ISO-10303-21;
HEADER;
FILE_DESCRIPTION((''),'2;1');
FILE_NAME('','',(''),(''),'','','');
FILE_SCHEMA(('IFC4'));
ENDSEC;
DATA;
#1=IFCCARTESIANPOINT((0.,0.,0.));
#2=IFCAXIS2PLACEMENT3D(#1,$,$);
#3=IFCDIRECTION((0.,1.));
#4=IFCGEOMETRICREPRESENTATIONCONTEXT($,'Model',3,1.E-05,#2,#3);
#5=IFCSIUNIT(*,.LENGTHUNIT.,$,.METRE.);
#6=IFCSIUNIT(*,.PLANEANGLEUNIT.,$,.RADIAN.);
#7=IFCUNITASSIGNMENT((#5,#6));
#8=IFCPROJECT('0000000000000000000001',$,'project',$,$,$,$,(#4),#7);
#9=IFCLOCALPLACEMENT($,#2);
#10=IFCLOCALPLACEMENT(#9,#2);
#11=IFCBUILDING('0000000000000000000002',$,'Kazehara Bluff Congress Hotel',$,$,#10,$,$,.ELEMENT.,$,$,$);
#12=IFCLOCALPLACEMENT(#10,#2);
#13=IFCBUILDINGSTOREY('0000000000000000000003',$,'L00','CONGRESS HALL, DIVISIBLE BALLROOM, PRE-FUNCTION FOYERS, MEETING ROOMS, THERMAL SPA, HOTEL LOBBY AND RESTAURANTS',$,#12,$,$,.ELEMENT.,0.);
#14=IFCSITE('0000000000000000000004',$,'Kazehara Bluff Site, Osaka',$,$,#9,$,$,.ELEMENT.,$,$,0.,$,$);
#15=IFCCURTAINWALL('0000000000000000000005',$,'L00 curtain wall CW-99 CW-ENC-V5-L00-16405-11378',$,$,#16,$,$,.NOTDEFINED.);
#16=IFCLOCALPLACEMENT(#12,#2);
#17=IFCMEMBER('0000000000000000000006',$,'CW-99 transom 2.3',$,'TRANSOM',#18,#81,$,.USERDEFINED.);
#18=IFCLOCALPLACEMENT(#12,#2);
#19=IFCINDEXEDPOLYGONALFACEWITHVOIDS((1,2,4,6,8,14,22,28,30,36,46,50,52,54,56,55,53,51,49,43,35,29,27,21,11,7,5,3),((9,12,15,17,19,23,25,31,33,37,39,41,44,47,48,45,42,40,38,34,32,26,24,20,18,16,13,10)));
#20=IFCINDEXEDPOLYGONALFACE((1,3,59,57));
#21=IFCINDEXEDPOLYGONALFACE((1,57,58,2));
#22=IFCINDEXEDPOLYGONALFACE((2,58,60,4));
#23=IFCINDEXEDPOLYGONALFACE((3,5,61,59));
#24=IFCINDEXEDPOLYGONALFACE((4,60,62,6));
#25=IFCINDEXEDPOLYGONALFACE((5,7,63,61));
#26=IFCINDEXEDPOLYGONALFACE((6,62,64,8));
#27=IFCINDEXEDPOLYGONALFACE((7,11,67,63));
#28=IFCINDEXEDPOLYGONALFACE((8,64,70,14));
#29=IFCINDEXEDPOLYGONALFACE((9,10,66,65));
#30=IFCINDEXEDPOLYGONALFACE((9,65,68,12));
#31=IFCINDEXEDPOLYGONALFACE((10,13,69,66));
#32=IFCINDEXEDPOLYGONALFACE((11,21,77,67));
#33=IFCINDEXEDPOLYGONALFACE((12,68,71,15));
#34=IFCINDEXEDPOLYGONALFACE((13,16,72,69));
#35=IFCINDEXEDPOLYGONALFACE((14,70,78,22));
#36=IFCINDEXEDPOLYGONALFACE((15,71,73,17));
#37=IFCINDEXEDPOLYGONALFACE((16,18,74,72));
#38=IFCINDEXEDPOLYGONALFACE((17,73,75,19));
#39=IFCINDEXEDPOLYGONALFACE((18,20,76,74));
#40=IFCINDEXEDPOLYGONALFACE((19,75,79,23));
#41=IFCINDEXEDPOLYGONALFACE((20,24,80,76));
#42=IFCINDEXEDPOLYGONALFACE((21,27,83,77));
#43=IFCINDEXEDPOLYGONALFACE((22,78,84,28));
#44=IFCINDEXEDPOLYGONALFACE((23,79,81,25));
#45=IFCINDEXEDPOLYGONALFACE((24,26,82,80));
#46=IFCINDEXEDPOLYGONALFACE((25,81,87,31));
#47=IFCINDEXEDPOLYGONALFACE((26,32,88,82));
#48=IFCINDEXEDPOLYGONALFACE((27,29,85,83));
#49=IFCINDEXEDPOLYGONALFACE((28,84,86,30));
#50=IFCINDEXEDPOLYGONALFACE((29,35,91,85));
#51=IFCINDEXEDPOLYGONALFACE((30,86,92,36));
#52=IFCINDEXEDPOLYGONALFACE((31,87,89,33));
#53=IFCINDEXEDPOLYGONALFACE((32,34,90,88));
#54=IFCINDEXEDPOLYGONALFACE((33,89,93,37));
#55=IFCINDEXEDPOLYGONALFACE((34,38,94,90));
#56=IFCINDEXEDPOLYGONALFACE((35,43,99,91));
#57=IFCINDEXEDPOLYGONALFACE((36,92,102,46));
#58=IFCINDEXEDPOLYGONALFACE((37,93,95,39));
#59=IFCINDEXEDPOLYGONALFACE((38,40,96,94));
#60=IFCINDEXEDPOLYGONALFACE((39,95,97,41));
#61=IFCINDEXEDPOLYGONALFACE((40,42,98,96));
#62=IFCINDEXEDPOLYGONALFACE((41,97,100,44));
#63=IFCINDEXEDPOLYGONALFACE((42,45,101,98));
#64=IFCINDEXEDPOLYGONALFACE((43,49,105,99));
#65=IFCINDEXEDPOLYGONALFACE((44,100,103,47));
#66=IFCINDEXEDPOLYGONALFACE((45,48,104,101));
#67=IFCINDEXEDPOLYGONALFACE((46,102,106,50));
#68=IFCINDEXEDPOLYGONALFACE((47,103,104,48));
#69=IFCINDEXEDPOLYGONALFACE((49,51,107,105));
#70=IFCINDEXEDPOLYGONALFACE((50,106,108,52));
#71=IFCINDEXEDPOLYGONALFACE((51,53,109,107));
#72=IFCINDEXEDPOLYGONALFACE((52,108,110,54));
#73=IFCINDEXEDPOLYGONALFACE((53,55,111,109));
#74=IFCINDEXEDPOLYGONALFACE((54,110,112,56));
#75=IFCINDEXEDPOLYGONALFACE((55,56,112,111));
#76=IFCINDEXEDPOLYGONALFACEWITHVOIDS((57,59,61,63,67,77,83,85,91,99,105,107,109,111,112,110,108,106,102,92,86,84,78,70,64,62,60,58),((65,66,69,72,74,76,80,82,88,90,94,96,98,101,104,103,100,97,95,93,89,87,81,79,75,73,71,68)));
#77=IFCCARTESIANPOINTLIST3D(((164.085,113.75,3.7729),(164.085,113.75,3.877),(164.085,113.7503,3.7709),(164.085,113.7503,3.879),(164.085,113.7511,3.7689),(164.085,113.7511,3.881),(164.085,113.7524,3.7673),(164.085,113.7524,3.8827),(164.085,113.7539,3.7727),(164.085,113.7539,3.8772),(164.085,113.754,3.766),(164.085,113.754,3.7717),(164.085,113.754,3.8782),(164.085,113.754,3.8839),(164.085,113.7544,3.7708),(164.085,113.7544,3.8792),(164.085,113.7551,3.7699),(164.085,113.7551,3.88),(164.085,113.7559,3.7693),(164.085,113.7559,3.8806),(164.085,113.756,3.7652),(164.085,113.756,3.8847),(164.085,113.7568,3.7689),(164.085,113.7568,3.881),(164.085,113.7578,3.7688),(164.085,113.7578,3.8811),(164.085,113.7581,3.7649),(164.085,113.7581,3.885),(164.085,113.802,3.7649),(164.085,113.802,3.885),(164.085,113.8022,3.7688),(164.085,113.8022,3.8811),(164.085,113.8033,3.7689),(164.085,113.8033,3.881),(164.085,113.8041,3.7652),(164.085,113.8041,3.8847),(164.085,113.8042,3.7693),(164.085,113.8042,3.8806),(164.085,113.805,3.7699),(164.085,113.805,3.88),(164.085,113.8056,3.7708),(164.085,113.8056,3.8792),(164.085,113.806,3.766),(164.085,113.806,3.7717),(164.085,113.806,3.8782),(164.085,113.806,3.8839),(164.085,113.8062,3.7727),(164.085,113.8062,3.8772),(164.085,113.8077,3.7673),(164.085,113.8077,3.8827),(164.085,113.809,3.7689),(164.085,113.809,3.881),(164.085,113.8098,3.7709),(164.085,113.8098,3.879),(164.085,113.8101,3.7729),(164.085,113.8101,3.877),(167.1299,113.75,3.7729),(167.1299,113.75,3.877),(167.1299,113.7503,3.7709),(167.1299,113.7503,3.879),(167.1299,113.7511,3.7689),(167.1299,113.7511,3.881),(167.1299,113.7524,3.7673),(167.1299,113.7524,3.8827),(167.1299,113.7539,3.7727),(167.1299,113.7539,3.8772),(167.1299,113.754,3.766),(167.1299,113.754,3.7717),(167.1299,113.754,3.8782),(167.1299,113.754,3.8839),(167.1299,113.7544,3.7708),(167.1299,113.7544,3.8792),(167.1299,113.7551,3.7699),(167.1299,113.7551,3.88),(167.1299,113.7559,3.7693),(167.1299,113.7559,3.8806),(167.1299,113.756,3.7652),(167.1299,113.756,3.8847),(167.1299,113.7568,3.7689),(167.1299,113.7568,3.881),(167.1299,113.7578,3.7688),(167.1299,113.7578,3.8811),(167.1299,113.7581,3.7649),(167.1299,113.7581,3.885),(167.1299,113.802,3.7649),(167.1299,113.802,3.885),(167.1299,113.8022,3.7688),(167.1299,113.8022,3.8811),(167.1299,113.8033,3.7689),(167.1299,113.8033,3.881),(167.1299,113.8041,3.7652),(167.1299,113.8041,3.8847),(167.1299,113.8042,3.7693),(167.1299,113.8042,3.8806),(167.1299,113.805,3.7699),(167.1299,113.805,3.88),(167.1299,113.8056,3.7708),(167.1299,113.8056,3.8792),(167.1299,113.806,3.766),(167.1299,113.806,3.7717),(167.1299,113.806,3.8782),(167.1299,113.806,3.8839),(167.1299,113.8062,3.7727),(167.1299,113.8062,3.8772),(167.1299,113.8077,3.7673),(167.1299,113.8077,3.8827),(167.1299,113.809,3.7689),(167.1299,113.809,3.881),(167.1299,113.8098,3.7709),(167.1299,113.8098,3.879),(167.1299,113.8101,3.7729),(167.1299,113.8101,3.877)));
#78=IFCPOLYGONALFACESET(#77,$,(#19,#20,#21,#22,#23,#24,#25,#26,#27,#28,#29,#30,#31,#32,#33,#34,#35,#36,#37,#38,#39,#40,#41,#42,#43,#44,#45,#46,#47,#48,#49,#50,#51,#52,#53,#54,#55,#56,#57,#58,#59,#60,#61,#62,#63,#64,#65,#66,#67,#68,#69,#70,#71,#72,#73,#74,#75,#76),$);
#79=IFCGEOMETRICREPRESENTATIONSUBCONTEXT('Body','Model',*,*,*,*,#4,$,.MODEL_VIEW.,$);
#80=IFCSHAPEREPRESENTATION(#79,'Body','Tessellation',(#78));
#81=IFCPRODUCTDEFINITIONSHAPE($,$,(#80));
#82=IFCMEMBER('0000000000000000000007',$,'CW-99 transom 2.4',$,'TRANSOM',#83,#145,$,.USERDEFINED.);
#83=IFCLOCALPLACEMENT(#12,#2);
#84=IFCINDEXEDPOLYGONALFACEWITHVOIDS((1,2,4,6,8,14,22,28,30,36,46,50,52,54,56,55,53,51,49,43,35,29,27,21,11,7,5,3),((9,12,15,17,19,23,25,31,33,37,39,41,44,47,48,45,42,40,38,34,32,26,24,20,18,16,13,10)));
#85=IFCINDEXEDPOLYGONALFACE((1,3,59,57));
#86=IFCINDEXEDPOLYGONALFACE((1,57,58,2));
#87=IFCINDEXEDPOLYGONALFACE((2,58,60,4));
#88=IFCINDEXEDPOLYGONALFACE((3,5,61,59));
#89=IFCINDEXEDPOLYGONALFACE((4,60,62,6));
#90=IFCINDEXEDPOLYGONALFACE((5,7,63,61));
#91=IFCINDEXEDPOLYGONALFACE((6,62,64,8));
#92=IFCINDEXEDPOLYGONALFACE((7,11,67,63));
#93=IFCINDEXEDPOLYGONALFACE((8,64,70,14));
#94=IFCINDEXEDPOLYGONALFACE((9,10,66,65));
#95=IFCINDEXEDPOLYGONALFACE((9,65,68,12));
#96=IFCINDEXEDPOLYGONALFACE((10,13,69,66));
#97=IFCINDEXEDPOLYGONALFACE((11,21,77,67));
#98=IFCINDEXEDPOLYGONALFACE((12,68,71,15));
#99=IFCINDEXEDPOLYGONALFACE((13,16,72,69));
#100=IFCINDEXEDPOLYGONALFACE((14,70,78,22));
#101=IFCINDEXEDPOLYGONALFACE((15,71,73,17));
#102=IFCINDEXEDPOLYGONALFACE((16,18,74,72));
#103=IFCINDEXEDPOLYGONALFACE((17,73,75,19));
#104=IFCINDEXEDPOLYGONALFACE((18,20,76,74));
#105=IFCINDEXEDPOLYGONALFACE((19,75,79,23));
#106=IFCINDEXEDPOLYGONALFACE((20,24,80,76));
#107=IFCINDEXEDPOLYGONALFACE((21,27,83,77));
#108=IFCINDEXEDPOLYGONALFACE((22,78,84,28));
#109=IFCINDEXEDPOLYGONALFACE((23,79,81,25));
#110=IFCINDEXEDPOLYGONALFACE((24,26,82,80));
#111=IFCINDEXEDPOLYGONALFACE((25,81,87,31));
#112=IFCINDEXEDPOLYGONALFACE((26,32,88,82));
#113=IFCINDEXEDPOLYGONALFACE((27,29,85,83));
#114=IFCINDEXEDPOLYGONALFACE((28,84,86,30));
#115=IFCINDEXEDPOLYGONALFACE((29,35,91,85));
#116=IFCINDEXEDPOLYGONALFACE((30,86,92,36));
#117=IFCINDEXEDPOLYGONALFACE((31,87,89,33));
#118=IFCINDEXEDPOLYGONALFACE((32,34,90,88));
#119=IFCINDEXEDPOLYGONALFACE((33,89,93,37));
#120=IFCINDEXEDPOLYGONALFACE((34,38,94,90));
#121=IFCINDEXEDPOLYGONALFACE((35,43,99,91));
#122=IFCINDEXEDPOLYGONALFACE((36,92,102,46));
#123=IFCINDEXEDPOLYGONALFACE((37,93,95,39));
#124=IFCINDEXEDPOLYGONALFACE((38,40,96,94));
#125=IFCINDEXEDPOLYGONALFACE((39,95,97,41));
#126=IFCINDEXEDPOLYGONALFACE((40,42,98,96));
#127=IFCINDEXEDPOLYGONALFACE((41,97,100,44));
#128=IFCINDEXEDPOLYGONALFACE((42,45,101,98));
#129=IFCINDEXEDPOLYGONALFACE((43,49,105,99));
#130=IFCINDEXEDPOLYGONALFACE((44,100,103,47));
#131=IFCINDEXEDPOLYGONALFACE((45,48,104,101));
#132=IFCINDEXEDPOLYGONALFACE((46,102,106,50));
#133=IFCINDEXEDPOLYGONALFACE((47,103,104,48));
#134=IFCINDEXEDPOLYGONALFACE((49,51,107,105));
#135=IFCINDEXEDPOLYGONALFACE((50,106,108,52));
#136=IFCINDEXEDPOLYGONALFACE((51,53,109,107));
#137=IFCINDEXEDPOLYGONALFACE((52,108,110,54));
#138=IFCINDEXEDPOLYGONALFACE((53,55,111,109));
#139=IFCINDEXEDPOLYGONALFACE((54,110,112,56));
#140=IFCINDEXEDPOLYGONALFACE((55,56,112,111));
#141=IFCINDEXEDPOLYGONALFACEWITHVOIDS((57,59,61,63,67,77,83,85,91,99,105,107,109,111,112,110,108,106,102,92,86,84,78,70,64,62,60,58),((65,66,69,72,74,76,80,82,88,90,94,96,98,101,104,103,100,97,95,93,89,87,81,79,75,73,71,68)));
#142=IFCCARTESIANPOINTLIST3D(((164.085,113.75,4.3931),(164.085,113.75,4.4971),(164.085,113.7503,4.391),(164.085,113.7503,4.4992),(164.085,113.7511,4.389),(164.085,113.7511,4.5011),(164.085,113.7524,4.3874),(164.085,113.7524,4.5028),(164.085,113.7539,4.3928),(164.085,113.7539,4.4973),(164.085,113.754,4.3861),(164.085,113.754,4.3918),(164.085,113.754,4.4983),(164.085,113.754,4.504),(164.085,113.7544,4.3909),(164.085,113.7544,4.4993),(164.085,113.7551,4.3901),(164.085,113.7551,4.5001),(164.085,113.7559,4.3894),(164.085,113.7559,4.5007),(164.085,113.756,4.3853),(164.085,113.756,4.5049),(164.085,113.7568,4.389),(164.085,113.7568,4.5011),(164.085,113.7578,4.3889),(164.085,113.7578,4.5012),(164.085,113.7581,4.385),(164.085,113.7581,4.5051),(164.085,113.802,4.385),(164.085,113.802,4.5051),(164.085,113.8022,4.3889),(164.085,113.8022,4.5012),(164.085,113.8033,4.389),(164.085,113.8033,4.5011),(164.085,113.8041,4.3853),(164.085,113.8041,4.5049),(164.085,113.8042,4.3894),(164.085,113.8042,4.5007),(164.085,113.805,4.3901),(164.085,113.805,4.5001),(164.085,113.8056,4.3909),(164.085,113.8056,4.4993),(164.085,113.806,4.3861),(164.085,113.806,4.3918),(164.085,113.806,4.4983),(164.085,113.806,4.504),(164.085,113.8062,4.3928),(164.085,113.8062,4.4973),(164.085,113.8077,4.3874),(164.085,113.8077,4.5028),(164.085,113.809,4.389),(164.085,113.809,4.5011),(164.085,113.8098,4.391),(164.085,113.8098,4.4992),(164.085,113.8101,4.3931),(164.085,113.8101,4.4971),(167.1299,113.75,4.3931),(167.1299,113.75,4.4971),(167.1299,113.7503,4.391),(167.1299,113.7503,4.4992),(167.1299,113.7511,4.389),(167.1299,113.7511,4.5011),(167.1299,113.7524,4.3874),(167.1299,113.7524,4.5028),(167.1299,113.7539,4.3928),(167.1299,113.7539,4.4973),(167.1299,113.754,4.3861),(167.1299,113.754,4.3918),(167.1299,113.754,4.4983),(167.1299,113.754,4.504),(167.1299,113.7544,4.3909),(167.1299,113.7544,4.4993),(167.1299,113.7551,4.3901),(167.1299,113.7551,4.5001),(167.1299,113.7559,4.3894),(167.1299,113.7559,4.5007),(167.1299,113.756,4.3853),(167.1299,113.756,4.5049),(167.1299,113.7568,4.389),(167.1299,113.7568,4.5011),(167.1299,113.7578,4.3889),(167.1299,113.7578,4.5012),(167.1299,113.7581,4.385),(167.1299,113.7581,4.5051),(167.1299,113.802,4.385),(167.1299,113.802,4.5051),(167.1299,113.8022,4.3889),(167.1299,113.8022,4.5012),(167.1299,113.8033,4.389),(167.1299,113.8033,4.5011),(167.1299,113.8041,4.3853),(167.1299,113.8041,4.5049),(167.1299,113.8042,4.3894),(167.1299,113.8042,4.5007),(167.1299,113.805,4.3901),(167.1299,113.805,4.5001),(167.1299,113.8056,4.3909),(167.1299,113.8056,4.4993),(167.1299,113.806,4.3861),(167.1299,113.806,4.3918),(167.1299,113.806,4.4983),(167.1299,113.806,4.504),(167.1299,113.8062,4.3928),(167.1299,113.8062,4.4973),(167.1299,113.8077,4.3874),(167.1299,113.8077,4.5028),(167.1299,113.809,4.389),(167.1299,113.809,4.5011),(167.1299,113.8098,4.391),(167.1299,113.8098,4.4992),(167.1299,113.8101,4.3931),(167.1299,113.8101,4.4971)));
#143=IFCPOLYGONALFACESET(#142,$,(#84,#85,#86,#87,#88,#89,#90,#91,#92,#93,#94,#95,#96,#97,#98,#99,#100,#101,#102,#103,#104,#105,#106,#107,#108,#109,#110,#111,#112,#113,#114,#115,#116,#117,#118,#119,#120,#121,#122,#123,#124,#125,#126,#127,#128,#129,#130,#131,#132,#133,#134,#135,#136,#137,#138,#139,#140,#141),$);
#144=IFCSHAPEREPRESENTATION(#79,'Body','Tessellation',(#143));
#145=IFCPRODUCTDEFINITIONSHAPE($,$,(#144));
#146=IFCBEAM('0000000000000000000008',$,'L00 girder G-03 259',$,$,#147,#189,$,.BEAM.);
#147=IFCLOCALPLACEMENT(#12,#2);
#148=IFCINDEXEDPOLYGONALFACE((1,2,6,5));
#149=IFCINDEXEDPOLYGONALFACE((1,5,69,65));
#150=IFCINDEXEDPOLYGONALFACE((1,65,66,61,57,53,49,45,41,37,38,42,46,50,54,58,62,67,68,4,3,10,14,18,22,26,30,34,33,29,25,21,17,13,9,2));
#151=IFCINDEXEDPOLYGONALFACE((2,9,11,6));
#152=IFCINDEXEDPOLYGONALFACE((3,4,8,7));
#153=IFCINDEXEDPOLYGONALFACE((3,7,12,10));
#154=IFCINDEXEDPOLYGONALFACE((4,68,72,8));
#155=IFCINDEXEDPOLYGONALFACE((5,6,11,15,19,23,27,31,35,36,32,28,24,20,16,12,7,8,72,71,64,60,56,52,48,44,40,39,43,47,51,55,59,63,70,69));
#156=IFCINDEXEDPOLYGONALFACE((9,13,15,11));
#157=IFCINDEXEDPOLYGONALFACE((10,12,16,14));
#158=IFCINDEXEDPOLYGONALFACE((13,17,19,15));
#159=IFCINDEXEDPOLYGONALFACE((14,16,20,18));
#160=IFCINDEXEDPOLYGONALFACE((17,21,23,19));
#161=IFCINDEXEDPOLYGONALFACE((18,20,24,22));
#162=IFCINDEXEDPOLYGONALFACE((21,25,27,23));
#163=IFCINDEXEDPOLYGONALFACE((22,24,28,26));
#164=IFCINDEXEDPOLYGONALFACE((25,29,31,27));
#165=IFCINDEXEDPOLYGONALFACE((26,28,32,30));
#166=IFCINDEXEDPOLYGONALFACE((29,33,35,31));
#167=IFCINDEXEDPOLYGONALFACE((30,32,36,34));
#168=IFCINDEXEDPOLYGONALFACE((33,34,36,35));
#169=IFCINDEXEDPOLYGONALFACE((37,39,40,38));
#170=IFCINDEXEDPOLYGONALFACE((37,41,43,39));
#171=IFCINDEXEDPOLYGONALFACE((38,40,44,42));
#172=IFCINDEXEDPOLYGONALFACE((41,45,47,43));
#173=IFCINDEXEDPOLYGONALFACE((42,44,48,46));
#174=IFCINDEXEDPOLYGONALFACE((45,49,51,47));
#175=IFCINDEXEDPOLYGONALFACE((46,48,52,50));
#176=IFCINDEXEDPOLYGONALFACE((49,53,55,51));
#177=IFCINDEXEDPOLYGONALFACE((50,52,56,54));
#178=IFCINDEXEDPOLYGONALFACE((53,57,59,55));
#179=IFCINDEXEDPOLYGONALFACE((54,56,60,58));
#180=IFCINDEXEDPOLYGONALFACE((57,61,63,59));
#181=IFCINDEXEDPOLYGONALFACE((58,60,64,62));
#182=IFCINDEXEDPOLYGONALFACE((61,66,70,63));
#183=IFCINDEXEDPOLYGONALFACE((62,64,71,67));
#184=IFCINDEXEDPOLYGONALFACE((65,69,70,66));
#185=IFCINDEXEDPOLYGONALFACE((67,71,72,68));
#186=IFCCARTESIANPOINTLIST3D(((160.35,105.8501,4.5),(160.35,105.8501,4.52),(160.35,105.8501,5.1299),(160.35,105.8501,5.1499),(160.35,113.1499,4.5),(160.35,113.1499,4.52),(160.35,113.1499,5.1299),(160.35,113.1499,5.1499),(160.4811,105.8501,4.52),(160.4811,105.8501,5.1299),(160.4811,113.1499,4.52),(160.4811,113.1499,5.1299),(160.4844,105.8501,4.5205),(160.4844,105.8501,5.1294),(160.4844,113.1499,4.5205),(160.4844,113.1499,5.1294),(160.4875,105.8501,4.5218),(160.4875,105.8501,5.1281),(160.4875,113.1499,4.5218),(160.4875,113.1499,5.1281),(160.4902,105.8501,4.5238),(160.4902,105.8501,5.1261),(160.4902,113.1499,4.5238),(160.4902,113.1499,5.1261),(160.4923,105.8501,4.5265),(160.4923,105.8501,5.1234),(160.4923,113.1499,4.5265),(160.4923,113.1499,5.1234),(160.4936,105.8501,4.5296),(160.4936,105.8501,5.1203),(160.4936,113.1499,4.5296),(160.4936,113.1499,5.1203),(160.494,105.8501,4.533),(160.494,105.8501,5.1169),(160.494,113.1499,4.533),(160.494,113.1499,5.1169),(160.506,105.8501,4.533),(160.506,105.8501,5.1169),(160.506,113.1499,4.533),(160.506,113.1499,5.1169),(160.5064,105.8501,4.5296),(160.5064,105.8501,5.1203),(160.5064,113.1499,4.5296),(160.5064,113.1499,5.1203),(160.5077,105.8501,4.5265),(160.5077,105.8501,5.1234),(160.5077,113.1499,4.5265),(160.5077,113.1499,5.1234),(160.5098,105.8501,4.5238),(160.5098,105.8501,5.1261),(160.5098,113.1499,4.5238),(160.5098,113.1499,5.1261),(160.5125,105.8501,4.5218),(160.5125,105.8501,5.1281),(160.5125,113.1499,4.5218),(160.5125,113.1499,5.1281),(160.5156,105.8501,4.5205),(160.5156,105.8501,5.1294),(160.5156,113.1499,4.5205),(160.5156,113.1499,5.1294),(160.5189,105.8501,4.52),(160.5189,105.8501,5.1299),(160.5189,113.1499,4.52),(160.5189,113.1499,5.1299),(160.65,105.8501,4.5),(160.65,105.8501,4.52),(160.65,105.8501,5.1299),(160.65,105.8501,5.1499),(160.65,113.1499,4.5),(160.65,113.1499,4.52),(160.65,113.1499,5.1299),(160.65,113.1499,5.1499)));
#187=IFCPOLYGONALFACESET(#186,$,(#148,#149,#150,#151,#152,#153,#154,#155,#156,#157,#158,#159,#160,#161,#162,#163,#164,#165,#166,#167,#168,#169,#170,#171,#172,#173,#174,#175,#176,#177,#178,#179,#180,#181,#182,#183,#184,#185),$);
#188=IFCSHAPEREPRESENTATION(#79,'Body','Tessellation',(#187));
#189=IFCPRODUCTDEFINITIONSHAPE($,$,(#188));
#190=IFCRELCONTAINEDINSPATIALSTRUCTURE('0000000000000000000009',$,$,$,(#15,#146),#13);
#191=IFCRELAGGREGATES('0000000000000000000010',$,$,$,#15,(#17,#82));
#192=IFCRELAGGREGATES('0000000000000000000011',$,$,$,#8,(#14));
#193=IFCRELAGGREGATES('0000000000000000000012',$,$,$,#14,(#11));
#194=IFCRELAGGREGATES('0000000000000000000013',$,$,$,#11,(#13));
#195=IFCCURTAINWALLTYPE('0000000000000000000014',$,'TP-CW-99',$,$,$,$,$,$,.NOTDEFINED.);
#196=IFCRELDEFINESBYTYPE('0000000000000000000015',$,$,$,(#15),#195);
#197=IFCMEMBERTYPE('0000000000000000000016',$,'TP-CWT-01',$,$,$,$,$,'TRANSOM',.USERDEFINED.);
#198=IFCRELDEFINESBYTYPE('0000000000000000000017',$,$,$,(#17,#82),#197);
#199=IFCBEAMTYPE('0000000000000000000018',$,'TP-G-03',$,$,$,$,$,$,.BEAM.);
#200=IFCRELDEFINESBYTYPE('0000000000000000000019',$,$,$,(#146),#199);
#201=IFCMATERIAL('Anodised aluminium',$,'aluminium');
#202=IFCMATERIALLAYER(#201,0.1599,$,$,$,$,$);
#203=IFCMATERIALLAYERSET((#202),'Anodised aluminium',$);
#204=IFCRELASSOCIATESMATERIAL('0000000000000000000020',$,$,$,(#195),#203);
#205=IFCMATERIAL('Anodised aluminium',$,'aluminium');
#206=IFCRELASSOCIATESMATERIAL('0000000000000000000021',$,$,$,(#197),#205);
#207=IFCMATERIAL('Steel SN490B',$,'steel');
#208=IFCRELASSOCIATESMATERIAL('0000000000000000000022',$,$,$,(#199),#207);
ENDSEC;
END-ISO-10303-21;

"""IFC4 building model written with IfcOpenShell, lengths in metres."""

from ifc_helpers import new_model, si_unit, direction, frame, origin, origin_2d, place, context, subcontext, project, spatial, hollow_rectangle, i_section, extrude, material, layer, layer_set, material_profile, profile_set, type_object, element, aggregate, save


model = new_model("IFC4")

# Units and contexts
model_context = context("Model", 3, precision=1e-05, world=origin(), true_north=direction((0.0, 1.0)))
body_context = subcontext(model_context, "Body", "Model", "MODEL_VIEW")
ifc_project = project(units=[si_unit("LENGTHUNIT", "METRE"), si_unit("PLANEANGLEUNIT", "RADIAN")], contexts=[model_context])

# Site, building, storey
site_placement = place(None, origin())
site = spatial("IfcSite", under=ifc_project, at=site_placement, Name="Kazehara Bluff Site, Osaka", CompositionType="ELEMENT", RefElevation=0.0)
building_placement = place(site_placement, origin())
building = spatial("IfcBuilding", under=site, at=building_placement, Name="Kazehara Bluff Congress Hotel", CompositionType="ELEMENT")
storey_placement = place(building_placement, origin())
storey = spatial("IfcBuildingStorey", under=building, at=storey_placement, Name="L00", Description="CONGRESS HALL, DIVISIBLE BALLROOM, PRE-FUNCTION FOYERS, MEETING ROOMS, THERMAL SPA, HOTEL LOBBY AND RESTAURANTS", CompositionType="ELEMENT", Elevation=0.0)

# Curtain wall, members
ifc_material_1 = material(Name="Anodised aluminium", Category="aluminium")
ifc_layer_1 = layer(ifc_material_1, 0.1599)
ifc_layer_set_1 = layer_set([ifc_layer_1], Name="Anodised aluminium")
curtain_wall_type_1 = type_object("IfcCurtainWallType", Name="TP-CW-99", PredefinedType="NOTDEFINED", material=ifc_layer_set_1)
curtain_wall_1_placement = place(storey_placement, origin())
curtain_wall_1 = element("IfcCurtainWall", 1, at=curtain_wall_1_placement, inside=storey, type_object=curtain_wall_type_1, Name="L00 curtain wall CW-99 CW-ENC-V5-L00-16405-11378", PredefinedType="NOTDEFINED")
ifc_material_2 = material(Name="Anodised aluminium", Category="aluminium")
ifc_material_profile_1 = material_profile(ifc_material_2, hollow_rectangle(XDim=0.0601, YDim=0.1201, WallThickness=0.0039, InnerFilletRadius=0.0039, OuterFilletRadius=0.0081, at=origin_2d()))
ifc_profile_set_1 = profile_set([ifc_material_profile_1], Name="Anodised aluminium")
member_type_1 = type_object("IfcMemberType", Name="TP-CWT-01", ElementType="TRANSOM", PredefinedType="USERDEFINED", material=ifc_profile_set_1)
member_1_placement = place(storey_placement, frame((164.085, 113.78, 3.825), z_axis=(1.0, 0.0, 0.0), x_axis=(0.0, 1.0, 0.0)))
member_1 = element("IfcMember", 2, at=member_1_placement, type_object=member_type_1, Name="CW-99 transom 2.3", ObjectType="TRANSOM", PredefinedType="USERDEFINED", context=body_context, shape_type="SweptSolid", body=[
    extrude(hollow_rectangle(XDim=0.0601, YDim=0.1201, WallThickness=0.0039, InnerFilletRadius=0.0039, OuterFilletRadius=0.0081, at=origin_2d()), origin(), (0.0, 0.0, 1.0), 3.0449),
])
member_2_placement = place(storey_placement, frame((164.085, 113.78, 4.4451), z_axis=(1.0, 0.0, 0.0), x_axis=(0.0, 1.0, 0.0)))
member_2 = element("IfcMember", 3, at=member_2_placement, type_object=member_type_1, Name="CW-99 transom 2.4", ObjectType="TRANSOM", PredefinedType="USERDEFINED", context=body_context, shape_type="SweptSolid", body=[
    extrude(hollow_rectangle(XDim=0.0601, YDim=0.1201, WallThickness=0.0039, InnerFilletRadius=0.0039, OuterFilletRadius=0.0081, at=origin_2d()), origin(), (0.0, 0.0, 1.0), 3.0449),
])

# Beam
ifc_material_3 = material(Name="Steel SN490B", Category="steel")
ifc_material_profile_2 = material_profile(ifc_material_3, i_section(OverallWidth=0.3, OverallDepth=0.6499, WebThickness=0.012, FlangeThickness=0.02, FilletRadius=0.0129, at=origin_2d()))
ifc_profile_set_2 = profile_set([ifc_material_profile_2], Name="Steel SN490B")
beam_type_1 = type_object("IfcBeamType", Name="TP-G-03", PredefinedType="BEAM", material=ifc_profile_set_2)
beam_1_placement = place(storey_placement, frame((160.5, 105.8501, 4.825), z_axis=(0.0, 1.0, 0.0), x_axis=(-1.0, 0.0, 0.0)))
element("IfcBeam", 4, at=beam_1_placement, inside=storey, type_object=beam_type_1, Name="L00 girder G-03 259", PredefinedType="BEAM", context=body_context, shape_type="SweptSolid", body=[
    extrude(i_section(OverallWidth=0.3, OverallDepth=0.6499, WebThickness=0.012, FlangeThickness=0.02, FilletRadius=0.0129, at=origin_2d()), origin(), (0.0, 0.0, 1.0), 7.2998),
])

aggregate(curtain_wall_1, [member_1, member_2])

save(model, "model.ifc")
